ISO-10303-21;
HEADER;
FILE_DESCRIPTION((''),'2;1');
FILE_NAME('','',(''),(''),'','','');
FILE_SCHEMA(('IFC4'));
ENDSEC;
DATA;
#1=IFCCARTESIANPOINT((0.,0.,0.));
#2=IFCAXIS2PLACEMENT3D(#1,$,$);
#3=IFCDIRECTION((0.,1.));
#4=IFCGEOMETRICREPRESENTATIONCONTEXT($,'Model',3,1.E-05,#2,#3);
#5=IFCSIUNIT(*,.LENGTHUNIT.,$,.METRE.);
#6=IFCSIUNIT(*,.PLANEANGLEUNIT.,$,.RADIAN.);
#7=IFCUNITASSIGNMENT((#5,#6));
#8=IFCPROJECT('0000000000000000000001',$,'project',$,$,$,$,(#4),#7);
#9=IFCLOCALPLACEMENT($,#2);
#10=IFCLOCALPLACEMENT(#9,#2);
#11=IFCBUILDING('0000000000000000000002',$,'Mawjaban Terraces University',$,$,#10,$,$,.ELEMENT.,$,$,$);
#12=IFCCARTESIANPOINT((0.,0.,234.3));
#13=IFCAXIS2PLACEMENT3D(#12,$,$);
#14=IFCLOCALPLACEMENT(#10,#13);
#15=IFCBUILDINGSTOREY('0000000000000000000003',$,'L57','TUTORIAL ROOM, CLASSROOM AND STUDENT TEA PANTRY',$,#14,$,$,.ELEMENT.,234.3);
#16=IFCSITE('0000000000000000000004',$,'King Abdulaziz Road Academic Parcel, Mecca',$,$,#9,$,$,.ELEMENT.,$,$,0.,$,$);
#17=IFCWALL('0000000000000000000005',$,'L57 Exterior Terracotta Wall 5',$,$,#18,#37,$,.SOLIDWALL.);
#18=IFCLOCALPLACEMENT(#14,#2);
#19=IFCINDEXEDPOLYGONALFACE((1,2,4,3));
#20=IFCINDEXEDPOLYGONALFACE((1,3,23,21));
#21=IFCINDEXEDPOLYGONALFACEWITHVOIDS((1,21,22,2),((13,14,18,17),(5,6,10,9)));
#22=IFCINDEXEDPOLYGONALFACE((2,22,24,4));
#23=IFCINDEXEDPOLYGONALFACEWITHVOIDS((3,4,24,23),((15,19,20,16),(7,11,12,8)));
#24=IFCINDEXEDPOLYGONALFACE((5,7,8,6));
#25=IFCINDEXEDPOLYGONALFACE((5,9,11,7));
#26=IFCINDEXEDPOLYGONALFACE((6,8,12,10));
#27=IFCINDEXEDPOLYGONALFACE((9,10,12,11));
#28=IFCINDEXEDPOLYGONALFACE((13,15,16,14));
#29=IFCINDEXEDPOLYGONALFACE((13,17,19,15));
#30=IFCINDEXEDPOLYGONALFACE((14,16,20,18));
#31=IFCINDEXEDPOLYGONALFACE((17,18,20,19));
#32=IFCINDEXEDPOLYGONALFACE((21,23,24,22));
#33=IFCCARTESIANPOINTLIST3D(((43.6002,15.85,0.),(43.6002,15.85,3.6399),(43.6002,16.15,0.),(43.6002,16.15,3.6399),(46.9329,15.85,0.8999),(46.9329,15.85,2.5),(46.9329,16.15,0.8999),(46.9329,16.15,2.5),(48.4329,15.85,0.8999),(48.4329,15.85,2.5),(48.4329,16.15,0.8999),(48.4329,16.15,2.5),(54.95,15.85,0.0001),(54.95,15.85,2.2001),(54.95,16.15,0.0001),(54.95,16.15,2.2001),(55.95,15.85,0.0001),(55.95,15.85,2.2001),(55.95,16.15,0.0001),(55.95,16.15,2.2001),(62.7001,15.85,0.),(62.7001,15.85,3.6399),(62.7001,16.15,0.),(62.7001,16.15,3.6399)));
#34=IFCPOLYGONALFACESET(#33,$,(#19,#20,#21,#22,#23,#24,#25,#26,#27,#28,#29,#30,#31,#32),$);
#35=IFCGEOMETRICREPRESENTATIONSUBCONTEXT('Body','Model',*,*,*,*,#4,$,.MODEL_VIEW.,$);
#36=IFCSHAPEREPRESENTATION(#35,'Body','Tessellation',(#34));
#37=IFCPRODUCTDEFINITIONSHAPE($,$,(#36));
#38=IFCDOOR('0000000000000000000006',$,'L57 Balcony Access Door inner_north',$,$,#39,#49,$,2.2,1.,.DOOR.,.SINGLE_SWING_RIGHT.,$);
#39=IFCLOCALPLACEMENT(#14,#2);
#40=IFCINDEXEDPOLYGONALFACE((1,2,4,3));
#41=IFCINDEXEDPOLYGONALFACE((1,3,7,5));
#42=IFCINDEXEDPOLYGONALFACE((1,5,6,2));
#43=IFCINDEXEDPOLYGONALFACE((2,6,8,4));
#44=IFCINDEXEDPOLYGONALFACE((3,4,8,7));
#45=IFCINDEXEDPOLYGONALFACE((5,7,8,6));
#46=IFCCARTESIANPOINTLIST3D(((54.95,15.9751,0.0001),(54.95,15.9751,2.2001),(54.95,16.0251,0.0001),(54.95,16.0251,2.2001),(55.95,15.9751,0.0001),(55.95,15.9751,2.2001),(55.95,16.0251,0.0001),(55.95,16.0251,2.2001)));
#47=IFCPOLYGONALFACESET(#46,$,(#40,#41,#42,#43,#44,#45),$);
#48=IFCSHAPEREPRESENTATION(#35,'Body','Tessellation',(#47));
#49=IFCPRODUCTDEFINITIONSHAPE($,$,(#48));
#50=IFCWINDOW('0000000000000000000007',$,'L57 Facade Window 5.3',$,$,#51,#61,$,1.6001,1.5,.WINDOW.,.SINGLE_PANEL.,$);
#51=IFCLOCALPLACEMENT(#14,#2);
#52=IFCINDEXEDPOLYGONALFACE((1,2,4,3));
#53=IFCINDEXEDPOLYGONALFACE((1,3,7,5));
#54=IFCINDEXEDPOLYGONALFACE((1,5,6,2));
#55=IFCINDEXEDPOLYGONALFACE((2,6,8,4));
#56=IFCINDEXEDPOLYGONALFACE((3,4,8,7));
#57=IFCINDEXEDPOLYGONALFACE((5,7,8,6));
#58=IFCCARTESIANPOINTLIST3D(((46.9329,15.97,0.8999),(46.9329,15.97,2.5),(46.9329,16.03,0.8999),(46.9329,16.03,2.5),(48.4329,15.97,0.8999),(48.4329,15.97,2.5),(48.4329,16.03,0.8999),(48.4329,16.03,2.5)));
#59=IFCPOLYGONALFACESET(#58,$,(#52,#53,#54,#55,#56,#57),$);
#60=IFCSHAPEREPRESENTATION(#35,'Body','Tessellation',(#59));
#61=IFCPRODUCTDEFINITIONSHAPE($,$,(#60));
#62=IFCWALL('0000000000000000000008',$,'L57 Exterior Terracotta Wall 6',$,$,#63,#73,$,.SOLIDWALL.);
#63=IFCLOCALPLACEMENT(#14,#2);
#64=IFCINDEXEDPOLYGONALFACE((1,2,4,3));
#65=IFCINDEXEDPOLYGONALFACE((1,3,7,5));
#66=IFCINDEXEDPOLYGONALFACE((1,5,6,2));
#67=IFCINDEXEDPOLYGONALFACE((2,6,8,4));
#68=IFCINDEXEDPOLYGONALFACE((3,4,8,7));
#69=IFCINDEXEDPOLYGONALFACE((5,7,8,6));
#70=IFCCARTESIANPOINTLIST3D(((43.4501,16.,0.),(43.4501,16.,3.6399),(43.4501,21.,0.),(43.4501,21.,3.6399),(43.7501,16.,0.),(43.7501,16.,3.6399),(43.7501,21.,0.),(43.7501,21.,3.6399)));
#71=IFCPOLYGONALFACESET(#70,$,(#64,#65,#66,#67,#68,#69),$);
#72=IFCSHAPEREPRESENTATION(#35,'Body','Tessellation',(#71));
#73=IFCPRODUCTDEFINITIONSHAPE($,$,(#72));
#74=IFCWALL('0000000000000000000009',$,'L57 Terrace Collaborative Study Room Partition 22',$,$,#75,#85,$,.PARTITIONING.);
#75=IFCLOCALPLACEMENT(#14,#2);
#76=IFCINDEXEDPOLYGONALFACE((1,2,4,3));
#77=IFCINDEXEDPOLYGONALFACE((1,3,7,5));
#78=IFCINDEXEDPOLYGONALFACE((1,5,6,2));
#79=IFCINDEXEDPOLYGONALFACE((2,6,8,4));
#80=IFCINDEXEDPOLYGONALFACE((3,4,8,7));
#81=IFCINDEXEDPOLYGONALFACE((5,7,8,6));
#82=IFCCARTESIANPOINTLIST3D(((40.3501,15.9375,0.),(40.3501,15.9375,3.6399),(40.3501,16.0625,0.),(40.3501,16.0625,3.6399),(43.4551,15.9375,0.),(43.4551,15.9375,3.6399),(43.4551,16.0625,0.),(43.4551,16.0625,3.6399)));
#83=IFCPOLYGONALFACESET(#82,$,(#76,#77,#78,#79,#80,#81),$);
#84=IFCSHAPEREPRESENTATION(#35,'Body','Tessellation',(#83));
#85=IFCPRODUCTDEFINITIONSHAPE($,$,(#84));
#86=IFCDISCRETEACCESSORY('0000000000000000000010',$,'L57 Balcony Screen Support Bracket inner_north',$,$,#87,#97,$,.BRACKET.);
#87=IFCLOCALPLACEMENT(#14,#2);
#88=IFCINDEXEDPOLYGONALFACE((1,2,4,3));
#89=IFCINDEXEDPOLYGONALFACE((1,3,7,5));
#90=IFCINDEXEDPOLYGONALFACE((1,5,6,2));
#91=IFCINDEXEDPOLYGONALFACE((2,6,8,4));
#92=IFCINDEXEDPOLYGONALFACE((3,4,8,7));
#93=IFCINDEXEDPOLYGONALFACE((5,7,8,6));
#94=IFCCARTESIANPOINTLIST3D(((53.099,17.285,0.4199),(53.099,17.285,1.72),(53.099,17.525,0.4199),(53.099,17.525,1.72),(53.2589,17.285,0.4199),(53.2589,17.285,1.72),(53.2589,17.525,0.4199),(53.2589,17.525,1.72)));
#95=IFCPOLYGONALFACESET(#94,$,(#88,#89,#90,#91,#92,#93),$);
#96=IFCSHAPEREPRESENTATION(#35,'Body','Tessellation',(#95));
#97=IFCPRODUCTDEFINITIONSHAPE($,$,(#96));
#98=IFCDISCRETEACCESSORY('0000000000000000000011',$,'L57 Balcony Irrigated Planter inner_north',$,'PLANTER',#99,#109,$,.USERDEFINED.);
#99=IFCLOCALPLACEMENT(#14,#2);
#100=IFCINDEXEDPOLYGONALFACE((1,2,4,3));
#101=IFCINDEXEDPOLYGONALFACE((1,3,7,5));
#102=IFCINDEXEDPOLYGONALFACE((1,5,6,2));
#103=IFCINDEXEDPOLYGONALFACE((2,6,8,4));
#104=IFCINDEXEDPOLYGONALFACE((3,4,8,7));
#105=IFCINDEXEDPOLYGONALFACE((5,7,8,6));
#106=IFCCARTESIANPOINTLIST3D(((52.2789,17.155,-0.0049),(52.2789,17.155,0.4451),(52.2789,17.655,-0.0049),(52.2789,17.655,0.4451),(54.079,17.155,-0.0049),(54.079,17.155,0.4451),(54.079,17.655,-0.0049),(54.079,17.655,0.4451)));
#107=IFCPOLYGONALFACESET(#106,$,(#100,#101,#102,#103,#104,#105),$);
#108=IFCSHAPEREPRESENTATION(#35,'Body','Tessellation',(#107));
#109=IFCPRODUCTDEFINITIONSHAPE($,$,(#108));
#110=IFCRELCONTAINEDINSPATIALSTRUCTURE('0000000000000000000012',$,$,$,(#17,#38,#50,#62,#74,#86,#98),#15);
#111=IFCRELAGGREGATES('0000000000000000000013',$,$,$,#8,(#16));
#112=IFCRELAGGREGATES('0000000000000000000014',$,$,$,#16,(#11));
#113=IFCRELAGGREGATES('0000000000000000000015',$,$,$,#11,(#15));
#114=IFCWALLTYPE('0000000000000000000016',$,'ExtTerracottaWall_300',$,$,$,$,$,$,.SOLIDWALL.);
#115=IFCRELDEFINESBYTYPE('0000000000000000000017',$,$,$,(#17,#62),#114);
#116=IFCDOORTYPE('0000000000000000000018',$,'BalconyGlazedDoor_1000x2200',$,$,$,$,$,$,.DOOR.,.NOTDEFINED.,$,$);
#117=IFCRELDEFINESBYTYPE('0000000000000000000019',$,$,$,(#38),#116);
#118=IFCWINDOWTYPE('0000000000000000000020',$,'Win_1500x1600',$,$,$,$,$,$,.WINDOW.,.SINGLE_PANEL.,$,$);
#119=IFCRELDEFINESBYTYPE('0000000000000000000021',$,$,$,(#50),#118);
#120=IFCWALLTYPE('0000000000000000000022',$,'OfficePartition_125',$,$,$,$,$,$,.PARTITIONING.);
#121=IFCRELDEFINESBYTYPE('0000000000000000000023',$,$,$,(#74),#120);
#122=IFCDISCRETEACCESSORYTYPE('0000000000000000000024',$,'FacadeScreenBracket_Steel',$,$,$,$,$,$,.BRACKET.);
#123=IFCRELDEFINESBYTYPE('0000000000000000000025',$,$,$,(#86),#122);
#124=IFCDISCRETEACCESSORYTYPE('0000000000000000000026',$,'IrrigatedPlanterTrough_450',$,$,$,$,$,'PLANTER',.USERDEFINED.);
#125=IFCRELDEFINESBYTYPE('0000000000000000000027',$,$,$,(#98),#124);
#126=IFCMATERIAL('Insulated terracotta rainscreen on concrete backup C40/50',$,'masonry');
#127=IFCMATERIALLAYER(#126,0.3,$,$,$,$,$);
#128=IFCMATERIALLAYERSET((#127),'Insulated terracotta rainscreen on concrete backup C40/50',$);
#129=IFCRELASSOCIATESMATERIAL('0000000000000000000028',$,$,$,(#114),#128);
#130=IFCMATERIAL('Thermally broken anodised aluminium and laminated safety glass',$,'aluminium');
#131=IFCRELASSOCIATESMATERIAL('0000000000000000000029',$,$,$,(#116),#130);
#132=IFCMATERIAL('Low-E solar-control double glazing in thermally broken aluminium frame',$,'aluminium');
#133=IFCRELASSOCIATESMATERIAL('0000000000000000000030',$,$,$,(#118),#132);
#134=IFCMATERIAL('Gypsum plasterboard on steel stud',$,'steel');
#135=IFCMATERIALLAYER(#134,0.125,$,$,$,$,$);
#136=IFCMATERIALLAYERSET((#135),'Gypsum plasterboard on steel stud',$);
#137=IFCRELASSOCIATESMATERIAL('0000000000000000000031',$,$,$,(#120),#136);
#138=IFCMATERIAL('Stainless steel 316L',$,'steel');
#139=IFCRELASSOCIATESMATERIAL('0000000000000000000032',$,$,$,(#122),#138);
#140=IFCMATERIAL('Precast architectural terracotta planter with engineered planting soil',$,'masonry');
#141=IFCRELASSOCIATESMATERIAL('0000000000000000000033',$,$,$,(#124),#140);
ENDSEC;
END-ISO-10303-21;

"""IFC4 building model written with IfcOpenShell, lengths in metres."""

from ifc_helpers import new_model, si_unit, direction, frame, frame_2d, origin, origin_2d, place, context, subcontext, project, spatial, rectangle, extrude, material, layer, layer_set, type_object, element, fill, save


model = new_model("IFC4")

# Units and contexts
model_context = context("Model", 3, precision=1e-05, world=origin(), true_north=direction((0.0, 1.0)))
body_context = subcontext(model_context, "Body", "Model", "MODEL_VIEW")
ifc_project = project(units=[si_unit("LENGTHUNIT", "METRE"), si_unit("PLANEANGLEUNIT", "RADIAN")], contexts=[model_context])

# Site, building, storey
site_placement = place(None, origin())
site = spatial("IfcSite", under=ifc_project, at=site_placement, Name="King Abdulaziz Road Academic Parcel, Mecca", CompositionType="ELEMENT", RefElevation=0.0)
building_placement = place(site_placement, origin())
building = spatial("IfcBuilding", under=site, at=building_placement, Name="Mawjaban Terraces University", CompositionType="ELEMENT")
storey_placement = place(building_placement, frame((0.0, 0.0, 234.3)))
storey = spatial("IfcBuildingStorey", under=building, at=storey_placement, Name="L57", Description="TUTORIAL ROOM, CLASSROOM AND STUDENT TEA PANTRY", CompositionType="ELEMENT", Elevation=234.3)

# Shared definitions
ifc_material_1 = material(Name="Insulated terracotta rainscreen on concrete backup C40/50", Category="masonry")
ifc_layer_1 = layer(ifc_material_1, 0.3)
ifc_layer_set_1 = layer_set([ifc_layer_1], Name="Insulated terracotta rainscreen on concrete backup C40/50")
wall_type_1 = type_object("IfcWallType", Name="ExtTerracottaWall_300", PredefinedType="SOLIDWALL", material=ifc_layer_set_1)

# Wall, openings, door, window
wall_1_placement = place(storey_placement, frame((62.7, 16.0, 0.0), z_axis=(0.0, 0.0, 1.0), x_axis=(-1.0, 0.0, 0.0)))
wall_1 = element("IfcWall", 1, at=wall_1_placement, inside=storey, type_object=wall_type_1, Name="L57 Exterior Terracotta Wall 5", PredefinedType="SOLIDWALL", context=body_context, shape_type="SweptSolid", body=[
    extrude(rectangle(XDim=19.0999, YDim=0.3, at=frame_2d((9.5498, 0.0))), origin(), (0.0, 0.0, 1.0), 3.6399),
])
opening_1_placement = place(wall_1_placement, frame((6.75, 0.0, 0.0)))
opening_1 = element("IfcOpeningElement", 2, at=opening_1_placement, cuts=wall_1, PredefinedType="OPENING", context=body_context, shape_type="SweptSolid", body=[
    extrude(rectangle(XDim=1.0, YDim=2.2, at=frame_2d((0.5, 1.1001))), frame((0.0, 0.1599, 0.0), z_axis=(0.0, -1.0, 0.0), x_axis=(1.0, 0.0, 0.0)), (0.0, 0.0, 1.0), 0.3201),
])
opening_2_placement = place(wall_1_placement, frame((14.2671, 0.0, 0.8999)))
opening_2 = element("IfcOpeningElement", 3, at=opening_2_placement, cuts=wall_1, PredefinedType="OPENING", context=body_context, shape_type="SweptSolid", body=[
    extrude(rectangle(XDim=1.5, YDim=1.6001, at=frame_2d((0.75, 0.8))), frame((0.0, 0.1599, 0.0), z_axis=(0.0, -1.0, 0.0), x_axis=(1.0, 0.0, 0.0)), (0.0, 0.0, 1.0), 0.3201),
])
ifc_material_2 = material(Name="Thermally broken anodised aluminium and laminated safety glass", Category="aluminium")
door_type = type_object("IfcDoorType", Name="BalconyGlazedDoor_1000x2200", OperationType="NOTDEFINED", PredefinedType="DOOR", material=ifc_material_2)
door_placement = place(opening_1_placement, origin())
door = element("IfcDoor", 4, at=door_placement, inside=storey, type_object=door_type, Name="L57 Balcony Access Door inner_north", OperationType="SINGLE_SWING_RIGHT", OverallHeight=2.2, OverallWidth=1.0, PredefinedType="DOOR", context=body_context, shape_type="SweptSolid", body=[
    extrude(rectangle(XDim=1.0, YDim=2.2, at=frame_2d((0.5, 1.1001))), frame((0.0, 0.0249, 0.0), z_axis=(0.0, -1.0, 0.0), x_axis=(1.0, 0.0, 0.0)), (0.0, 0.0, 1.0), 0.05),
])
fill(opening_1, door)
ifc_material_3 = material(Name="Low-E solar-control double glazing in thermally broken aluminium frame", Category="aluminium")
window_type = type_object("IfcWindowType", Name="Win_1500x1600", PartitioningType="SINGLE_PANEL", PredefinedType="WINDOW", material=ifc_material_3)
window_placement = place(opening_2_placement, origin())
window = element("IfcWindow", 5, at=window_placement, inside=storey, type_object=window_type, Name="L57 Facade Window 5.3", OverallHeight=1.6001, OverallWidth=1.5, PartitioningType="SINGLE_PANEL", PredefinedType="WINDOW", context=body_context, shape_type="SweptSolid", body=[
    extrude(rectangle(XDim=1.5, YDim=1.6001, at=frame_2d((0.75, 0.8))), frame((0.0, 0.03, 0.0), z_axis=(0.0, -1.0, 0.0), x_axis=(1.0, 0.0, 0.0)), (0.0, 0.0, 1.0), 0.0601),
])
fill(opening_2, window)

# Walls
wall_2_placement = place(storey_placement, frame((43.6001, 16.0, 0.0), z_axis=(0.0, 0.0, 1.0), x_axis=(0.0, 1.0, 0.0)))
element("IfcWall", 6, at=wall_2_placement, inside=storey, type_object=wall_type_1, Name="L57 Exterior Terracotta Wall 6", PredefinedType="SOLIDWALL", context=body_context, shape_type="SweptSolid", body=[
    extrude(rectangle(XDim=5.0, YDim=0.3, at=frame_2d((2.5, 0.0))), origin(), (0.0, 0.0, 1.0), 3.6399),
])
ifc_material_4 = material(Name="Gypsum plasterboard on steel stud", Category="steel")
ifc_layer_2 = layer(ifc_material_4, 0.125)
ifc_layer_set_2 = layer_set([ifc_layer_2], Name="Gypsum plasterboard on steel stud")
wall_type_2 = type_object("IfcWallType", Name="OfficePartition_125", PredefinedType="PARTITIONING", material=ifc_layer_set_2)
wall_3_placement = place(storey_placement, frame((40.3501, 16.0, 0.0), z_axis=(0.0, 0.0, 1.0), x_axis=(1.0, 0.0, 0.0)))
element("IfcWall", 7, at=wall_3_placement, inside=storey, type_object=wall_type_2, Name="L57 Terrace Collaborative Study Room Partition 22", PredefinedType="PARTITIONING", context=body_context, shape_type="SweptSolid", body=[
    extrude(rectangle(XDim=3.105, YDim=0.125, at=frame_2d((1.5525, 0.0))), origin(), (0.0, 0.0, 1.0), 3.6399),
])

# Discrete accessories
ifc_material_5 = material(Name="Stainless steel 316L", Category="steel")
discrete_accessory_type_1 = type_object("IfcDiscreteAccessoryType", Name="FacadeScreenBracket_Steel", PredefinedType="BRACKET", material=ifc_material_5)
discrete_accessory_1_placement = place(storey_placement, frame((53.179, 17.405, 0.4199), z_axis=(0.0, 0.0, 1.0), x_axis=(1.0, 0.0, 0.0)))
element("IfcDiscreteAccessory", 8, at=discrete_accessory_1_placement, inside=storey, type_object=discrete_accessory_type_1, Name="L57 Balcony Screen Support Bracket inner_north", PredefinedType="BRACKET", context=body_context, shape_type="SweptSolid", body=[
    extrude(rectangle(XDim=0.1599, YDim=0.24, at=origin_2d()), origin(), (0.0, 0.0, 1.0), 1.3),
])
ifc_material_6 = material(Name="Precast architectural terracotta planter with engineered planting soil", Category="masonry")
discrete_accessory_type_2 = type_object("IfcDiscreteAccessoryType", Name="IrrigatedPlanterTrough_450", ElementType="PLANTER", PredefinedType="USERDEFINED", material=ifc_material_6)
discrete_accessory_2_placement = place(storey_placement, frame((53.179, 17.405, -0.0049), z_axis=(0.0, 0.0, 1.0), x_axis=(1.0, 0.0, 0.0)))
element("IfcDiscreteAccessory", 9, at=discrete_accessory_2_placement, inside=storey, type_object=discrete_accessory_type_2, Name="L57 Balcony Irrigated Planter inner_north", ObjectType="PLANTER", PredefinedType="USERDEFINED", context=body_context, shape_type="SweptSolid", body=[
    extrude(rectangle(XDim=1.8, YDim=0.5, at=origin_2d()), origin(), (0.0, 0.0, 1.0), 0.45),
])

save(model, "model.ifc")
